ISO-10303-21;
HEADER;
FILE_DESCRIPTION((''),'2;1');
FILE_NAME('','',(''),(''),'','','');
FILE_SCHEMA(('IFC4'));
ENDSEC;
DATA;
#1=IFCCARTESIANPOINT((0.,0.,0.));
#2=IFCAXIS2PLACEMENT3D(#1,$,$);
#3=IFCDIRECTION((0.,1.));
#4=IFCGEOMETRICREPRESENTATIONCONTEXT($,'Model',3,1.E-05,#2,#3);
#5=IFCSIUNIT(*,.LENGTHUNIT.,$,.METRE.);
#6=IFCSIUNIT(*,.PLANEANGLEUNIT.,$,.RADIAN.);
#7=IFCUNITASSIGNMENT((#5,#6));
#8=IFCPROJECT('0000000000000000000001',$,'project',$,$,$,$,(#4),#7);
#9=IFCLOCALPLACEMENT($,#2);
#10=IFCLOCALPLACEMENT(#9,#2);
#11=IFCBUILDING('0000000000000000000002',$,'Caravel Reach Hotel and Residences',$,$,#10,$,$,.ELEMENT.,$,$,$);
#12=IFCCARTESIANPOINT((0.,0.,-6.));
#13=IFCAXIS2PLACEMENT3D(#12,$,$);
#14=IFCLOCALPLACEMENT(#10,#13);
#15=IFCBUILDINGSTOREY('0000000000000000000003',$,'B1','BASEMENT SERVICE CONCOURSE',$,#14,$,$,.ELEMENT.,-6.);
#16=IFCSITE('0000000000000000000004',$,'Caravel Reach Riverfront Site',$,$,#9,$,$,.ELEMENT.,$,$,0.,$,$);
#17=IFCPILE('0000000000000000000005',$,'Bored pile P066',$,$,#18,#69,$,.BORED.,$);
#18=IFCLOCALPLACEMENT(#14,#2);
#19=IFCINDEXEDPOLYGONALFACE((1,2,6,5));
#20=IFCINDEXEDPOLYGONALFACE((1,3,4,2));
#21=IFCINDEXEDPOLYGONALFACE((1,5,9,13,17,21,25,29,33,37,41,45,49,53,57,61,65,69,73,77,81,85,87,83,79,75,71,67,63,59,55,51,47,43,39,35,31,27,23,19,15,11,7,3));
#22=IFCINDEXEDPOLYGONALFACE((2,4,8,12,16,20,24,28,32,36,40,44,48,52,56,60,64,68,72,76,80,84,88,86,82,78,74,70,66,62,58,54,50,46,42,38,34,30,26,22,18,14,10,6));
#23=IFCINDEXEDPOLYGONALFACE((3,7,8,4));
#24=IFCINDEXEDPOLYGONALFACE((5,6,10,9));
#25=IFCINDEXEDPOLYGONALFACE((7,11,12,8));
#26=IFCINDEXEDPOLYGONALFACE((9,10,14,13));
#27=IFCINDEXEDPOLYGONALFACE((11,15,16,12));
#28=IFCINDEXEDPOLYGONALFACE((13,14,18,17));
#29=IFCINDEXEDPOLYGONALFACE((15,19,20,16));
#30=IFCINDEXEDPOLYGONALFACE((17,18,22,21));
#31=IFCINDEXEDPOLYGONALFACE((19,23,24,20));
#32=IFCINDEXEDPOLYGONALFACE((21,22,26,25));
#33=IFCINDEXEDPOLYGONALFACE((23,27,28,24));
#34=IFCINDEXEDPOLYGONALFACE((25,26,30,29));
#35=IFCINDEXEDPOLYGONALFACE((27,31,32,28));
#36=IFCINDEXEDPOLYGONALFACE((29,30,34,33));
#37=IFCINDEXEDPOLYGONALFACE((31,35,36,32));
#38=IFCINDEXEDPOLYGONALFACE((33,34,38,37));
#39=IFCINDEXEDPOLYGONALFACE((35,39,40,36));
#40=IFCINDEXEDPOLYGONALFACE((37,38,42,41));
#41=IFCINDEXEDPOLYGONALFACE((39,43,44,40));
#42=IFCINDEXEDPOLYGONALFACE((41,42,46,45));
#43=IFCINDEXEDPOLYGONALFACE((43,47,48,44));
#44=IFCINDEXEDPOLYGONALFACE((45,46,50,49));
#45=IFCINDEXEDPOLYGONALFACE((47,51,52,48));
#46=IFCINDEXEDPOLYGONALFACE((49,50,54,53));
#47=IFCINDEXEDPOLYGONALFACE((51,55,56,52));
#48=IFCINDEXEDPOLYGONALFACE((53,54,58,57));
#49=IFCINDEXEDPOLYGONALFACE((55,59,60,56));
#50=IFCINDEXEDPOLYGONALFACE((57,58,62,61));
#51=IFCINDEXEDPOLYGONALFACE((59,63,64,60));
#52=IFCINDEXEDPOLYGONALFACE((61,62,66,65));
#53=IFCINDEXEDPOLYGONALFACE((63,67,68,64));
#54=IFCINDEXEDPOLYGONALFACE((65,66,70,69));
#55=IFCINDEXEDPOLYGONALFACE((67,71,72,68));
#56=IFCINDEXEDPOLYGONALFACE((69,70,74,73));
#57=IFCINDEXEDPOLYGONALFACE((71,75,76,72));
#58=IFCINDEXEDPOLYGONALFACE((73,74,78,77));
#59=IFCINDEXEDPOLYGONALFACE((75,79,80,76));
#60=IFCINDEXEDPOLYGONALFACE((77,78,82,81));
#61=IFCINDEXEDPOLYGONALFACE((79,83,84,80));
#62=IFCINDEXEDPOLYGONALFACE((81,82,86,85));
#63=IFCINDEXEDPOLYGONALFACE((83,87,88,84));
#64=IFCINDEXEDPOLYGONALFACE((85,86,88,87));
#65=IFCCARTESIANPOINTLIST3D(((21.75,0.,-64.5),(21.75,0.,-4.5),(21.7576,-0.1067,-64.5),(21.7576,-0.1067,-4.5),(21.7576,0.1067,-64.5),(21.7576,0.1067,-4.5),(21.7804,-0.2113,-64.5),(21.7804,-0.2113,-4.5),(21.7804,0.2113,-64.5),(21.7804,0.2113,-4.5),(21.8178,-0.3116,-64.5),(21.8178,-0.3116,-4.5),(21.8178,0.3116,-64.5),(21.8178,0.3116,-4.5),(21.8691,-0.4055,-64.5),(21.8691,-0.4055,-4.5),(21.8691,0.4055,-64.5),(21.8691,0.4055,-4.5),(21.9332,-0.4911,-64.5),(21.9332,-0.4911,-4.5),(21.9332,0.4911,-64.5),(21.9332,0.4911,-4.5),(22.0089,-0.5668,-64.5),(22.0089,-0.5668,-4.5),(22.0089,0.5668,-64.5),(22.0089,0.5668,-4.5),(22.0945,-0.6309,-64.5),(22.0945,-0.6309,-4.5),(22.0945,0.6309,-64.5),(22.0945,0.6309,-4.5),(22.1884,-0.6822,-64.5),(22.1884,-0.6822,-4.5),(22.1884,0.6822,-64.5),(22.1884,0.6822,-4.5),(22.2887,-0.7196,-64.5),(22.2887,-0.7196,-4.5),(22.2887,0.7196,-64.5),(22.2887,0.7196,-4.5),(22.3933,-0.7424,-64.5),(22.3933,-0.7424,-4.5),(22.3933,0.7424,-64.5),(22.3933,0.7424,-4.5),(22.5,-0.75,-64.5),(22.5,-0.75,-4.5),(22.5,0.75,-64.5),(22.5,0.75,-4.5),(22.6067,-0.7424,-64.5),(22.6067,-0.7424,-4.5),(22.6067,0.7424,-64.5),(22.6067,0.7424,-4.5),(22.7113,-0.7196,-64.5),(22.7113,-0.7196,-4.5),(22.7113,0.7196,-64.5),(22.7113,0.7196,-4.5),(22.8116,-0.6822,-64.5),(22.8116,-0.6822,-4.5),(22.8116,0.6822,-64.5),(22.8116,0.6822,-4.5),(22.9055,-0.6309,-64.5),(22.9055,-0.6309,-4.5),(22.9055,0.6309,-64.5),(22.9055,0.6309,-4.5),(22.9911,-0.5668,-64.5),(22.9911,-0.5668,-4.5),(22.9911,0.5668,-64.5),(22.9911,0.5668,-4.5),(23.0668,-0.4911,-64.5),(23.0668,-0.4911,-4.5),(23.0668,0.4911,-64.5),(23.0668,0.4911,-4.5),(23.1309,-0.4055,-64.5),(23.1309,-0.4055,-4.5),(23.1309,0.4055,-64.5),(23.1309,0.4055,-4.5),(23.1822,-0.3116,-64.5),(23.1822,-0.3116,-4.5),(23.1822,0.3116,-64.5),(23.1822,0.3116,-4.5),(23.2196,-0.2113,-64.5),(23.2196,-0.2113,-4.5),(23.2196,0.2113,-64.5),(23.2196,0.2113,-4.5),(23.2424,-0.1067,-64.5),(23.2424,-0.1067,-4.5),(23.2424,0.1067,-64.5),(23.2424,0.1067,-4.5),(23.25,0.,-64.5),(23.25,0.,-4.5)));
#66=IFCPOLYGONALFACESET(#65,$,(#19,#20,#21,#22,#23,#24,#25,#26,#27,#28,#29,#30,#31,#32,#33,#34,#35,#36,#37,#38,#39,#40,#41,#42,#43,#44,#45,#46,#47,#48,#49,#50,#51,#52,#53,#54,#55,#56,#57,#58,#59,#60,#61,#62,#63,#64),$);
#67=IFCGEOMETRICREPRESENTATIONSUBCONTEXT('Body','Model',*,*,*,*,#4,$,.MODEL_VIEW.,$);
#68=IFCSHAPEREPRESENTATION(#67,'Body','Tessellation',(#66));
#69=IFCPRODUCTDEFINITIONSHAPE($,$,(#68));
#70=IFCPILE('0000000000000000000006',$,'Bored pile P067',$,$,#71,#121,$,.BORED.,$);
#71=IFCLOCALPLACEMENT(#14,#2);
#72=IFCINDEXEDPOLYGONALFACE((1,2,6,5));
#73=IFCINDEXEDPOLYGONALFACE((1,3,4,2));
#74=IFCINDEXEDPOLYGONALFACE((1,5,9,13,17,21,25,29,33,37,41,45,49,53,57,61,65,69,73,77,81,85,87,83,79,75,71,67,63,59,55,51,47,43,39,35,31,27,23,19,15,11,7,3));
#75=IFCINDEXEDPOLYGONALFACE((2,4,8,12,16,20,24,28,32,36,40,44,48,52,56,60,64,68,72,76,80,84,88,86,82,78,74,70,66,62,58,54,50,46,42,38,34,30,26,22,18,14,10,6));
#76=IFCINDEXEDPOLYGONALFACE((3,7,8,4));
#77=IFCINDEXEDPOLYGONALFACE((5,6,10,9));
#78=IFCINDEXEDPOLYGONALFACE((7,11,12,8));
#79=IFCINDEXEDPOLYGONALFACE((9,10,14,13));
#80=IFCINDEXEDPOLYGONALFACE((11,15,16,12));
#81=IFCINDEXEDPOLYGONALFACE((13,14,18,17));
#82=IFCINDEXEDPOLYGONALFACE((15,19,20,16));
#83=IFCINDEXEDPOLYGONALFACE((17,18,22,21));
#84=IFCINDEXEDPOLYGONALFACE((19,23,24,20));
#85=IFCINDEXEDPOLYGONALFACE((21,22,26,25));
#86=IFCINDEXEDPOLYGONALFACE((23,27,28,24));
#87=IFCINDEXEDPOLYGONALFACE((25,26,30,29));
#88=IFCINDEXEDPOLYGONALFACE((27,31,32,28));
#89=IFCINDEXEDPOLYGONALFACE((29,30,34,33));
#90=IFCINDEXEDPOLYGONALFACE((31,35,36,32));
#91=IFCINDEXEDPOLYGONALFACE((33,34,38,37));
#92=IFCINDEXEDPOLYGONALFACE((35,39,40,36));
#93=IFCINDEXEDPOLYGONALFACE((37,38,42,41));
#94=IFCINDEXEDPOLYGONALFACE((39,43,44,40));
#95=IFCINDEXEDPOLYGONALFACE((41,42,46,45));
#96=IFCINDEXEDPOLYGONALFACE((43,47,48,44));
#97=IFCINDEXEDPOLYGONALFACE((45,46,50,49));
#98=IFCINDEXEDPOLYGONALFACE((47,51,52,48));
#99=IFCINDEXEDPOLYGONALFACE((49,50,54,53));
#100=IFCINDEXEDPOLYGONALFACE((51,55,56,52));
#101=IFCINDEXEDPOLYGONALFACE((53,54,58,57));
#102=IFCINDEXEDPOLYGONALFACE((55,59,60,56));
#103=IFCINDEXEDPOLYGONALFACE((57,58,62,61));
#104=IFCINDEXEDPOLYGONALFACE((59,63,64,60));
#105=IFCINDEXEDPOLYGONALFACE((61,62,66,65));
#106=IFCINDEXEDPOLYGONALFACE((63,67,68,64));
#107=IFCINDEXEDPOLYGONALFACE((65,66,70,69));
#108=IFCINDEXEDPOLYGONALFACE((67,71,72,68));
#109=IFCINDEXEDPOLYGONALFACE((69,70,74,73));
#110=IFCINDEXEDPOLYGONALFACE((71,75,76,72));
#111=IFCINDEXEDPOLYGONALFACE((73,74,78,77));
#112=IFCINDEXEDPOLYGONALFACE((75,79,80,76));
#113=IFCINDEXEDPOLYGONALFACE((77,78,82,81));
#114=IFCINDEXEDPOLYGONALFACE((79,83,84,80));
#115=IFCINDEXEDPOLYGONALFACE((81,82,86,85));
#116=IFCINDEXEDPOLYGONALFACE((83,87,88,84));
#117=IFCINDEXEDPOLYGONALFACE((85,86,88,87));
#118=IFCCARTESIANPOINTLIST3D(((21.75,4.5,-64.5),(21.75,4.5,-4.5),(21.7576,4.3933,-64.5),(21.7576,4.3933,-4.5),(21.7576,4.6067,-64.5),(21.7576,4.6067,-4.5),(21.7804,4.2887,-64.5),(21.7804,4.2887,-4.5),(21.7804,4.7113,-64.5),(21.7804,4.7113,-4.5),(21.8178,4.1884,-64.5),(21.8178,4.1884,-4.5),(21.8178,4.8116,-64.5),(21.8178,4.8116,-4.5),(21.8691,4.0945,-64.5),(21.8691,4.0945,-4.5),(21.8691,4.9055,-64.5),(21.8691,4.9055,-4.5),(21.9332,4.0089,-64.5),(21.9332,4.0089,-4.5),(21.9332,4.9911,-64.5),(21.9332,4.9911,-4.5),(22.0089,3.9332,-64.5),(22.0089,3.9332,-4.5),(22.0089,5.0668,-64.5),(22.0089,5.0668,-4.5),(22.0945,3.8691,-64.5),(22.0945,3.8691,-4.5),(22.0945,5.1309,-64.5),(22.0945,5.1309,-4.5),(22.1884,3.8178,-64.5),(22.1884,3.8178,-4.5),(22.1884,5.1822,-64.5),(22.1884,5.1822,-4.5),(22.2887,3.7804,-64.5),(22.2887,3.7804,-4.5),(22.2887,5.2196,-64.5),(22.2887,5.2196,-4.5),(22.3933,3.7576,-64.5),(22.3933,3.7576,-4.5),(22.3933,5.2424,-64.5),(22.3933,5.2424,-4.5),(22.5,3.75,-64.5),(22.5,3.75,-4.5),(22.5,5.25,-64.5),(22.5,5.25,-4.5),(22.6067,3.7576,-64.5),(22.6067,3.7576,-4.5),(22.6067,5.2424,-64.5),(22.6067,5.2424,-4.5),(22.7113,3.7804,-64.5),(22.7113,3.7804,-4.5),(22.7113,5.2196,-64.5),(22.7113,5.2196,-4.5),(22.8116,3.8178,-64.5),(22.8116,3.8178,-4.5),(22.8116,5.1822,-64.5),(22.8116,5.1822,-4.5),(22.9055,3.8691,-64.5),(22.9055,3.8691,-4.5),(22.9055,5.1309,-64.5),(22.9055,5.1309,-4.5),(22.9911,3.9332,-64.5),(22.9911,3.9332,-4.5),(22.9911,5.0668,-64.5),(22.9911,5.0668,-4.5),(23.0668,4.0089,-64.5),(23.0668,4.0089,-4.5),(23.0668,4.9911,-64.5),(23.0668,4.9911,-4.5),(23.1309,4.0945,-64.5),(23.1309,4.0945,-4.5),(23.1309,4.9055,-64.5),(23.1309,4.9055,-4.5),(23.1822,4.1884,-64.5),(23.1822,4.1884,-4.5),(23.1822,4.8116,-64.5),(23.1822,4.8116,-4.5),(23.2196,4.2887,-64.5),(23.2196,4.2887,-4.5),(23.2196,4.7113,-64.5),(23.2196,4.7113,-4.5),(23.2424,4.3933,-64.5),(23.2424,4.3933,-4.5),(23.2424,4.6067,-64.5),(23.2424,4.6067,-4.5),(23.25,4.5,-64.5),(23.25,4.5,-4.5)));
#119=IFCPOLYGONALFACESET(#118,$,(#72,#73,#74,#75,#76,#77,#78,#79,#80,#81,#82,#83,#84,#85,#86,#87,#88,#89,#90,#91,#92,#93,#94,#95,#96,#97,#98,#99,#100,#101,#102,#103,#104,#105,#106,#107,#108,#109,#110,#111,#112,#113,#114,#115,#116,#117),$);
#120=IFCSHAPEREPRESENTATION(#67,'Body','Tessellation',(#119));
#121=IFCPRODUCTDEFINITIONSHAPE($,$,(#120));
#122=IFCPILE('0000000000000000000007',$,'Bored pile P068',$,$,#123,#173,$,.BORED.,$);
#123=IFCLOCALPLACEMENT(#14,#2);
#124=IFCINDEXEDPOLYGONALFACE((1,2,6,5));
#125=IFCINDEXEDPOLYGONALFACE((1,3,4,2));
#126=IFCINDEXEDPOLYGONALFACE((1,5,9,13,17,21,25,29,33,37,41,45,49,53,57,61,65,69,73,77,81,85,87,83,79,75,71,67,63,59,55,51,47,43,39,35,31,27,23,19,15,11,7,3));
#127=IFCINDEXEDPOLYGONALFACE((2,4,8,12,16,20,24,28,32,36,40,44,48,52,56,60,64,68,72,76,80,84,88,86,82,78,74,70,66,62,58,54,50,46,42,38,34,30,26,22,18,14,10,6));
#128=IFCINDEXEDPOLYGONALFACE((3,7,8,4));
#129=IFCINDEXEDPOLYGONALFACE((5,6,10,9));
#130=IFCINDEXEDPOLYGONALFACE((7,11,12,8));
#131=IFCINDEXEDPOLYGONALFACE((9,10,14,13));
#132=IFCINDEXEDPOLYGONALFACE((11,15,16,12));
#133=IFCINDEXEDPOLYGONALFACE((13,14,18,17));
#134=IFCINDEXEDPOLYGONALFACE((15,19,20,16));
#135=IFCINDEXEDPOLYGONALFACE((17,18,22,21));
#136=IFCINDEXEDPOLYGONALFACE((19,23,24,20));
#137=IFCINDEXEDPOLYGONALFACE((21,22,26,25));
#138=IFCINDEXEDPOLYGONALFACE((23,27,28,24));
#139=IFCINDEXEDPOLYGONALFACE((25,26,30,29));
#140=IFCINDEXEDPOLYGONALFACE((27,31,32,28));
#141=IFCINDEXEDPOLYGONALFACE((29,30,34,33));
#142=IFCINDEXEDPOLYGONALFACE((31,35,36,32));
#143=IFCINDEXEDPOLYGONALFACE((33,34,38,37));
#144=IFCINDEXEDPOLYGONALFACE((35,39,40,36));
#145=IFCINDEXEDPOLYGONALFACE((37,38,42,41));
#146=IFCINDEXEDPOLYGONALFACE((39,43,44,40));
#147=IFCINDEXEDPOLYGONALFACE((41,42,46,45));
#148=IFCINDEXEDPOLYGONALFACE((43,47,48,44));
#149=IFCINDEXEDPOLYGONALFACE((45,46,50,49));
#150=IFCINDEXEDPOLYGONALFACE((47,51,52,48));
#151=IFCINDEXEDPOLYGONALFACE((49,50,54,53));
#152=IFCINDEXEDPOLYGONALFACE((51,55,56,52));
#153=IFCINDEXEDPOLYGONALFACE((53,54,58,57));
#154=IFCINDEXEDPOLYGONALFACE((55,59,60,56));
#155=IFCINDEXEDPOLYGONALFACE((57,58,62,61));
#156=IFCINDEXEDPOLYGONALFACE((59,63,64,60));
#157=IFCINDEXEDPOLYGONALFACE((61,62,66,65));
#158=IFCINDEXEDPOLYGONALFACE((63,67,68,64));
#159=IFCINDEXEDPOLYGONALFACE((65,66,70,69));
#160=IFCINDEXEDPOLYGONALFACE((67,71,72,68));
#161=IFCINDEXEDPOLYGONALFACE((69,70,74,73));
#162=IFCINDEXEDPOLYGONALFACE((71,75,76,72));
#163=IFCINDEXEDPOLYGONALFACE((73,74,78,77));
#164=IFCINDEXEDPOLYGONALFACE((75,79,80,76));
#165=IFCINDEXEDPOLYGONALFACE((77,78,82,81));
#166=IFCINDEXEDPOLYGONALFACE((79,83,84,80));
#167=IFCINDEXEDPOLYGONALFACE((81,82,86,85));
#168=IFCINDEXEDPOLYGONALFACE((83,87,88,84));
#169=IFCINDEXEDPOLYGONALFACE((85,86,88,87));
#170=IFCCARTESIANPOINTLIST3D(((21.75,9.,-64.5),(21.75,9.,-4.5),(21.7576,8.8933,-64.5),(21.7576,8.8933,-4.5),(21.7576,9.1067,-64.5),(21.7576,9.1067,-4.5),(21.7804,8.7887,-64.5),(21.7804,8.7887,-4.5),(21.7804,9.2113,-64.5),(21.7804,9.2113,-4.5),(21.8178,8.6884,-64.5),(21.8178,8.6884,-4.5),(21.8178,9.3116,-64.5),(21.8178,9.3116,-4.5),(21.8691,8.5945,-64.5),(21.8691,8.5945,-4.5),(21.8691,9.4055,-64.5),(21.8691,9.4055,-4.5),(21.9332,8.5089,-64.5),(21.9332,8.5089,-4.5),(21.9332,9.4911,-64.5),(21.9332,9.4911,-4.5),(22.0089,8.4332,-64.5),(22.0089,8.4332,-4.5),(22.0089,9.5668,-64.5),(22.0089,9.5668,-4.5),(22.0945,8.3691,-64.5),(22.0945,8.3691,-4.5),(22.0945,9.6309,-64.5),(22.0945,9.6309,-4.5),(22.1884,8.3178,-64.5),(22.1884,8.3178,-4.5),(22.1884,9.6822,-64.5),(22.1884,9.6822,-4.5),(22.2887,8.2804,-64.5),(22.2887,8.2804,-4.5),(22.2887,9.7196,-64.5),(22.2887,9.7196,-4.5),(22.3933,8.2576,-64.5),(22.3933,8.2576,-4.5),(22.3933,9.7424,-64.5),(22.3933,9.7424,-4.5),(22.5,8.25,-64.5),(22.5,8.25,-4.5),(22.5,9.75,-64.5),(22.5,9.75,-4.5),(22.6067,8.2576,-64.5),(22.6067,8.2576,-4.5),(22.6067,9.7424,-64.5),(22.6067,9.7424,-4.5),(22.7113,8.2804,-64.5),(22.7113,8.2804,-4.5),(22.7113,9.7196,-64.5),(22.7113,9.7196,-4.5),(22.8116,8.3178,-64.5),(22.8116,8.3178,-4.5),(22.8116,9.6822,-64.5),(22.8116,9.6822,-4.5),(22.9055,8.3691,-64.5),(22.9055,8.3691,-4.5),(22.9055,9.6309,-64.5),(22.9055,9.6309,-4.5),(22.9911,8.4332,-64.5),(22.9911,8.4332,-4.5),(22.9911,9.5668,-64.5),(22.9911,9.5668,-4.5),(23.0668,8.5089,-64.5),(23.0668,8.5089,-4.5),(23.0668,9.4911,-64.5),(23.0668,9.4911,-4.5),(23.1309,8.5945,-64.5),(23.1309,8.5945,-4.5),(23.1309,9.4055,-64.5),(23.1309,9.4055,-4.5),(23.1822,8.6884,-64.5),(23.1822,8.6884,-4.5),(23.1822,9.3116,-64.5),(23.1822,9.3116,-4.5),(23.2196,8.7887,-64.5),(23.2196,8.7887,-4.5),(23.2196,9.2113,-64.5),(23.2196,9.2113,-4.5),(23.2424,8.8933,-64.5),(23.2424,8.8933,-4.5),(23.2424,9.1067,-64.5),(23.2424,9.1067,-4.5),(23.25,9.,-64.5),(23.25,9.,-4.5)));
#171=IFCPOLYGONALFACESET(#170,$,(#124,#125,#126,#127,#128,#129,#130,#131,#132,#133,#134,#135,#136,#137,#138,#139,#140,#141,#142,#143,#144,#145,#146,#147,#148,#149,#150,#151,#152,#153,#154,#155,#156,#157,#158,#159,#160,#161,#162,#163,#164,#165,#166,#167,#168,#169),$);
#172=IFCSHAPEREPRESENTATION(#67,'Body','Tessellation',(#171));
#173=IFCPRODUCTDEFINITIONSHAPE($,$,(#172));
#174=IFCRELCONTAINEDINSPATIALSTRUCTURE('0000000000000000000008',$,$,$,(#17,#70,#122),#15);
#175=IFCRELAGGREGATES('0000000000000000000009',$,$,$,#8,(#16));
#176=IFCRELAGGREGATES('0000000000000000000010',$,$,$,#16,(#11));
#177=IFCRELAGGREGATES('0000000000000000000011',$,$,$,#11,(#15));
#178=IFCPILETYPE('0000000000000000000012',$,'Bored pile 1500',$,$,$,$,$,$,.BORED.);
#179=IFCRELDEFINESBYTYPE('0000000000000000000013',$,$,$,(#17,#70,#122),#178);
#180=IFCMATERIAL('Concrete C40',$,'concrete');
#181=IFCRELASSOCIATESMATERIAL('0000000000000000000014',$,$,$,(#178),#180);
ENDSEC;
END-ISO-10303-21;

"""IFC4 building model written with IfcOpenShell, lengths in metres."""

from ifc_helpers import new_model, si_unit, direction, frame, origin, origin_2d, place, context, subcontext, project, spatial, circle, extrude, material, material_profile, profile_set, type_object, element, save


model = new_model("IFC4")

# Units and contexts
model_context = context("Model", 3, precision=1e-05, world=origin(), true_north=direction((0.0, 1.0)))
body_context = subcontext(model_context, "Body", "Model", "MODEL_VIEW")
ifc_project = project(units=[si_unit("LENGTHUNIT", "METRE"), si_unit("PLANEANGLEUNIT", "RADIAN")], contexts=[model_context])

# Site, building, storey
site_placement = place(None, origin())
site = spatial("IfcSite", under=ifc_project, at=site_placement, Name="Caravel Reach Riverfront Site", CompositionType="ELEMENT", RefElevation=0.0)
building_placement = place(site_placement, origin())
building = spatial("IfcBuilding", under=site, at=building_placement, Name="Caravel Reach Hotel and Residences", CompositionType="ELEMENT")
storey_placement = place(building_placement, frame((0.0, 0.0, -6.0)))
storey = spatial("IfcBuildingStorey", under=building, at=storey_placement, Name="B1", Description="BASEMENT SERVICE CONCOURSE", CompositionType="ELEMENT", Elevation=-6.0)

# Piles
ifc_material_1 = material(Name="Concrete C40", Category="concrete")
ifc_material_profile_1 = material_profile(ifc_material_1, circle(Radius=0.75, at=origin_2d()), Name="PILE 1500")
ifc_profile_set_1 = profile_set([ifc_material_profile_1], Name="Concrete C40")
pile_type = type_object("IfcPileType", Name="Bored pile 1500", PredefinedType="BORED", material=ifc_profile_set_1)
for number, where, z_axis, x_axis, name in (
    (1, (22.5, 0.0, -4.5), (0.0, 0.0, -1.0), (1.0, 0.0, 0.0), "Bored pile P066"),
    (2, (22.5, 4.5, -4.5), (0.0, 0.0, -1.0), (1.0, 0.0, 0.0), "Bored pile P067"),
    (3, (22.5, 9.0, -4.5), (0.0, 0.0, -1.0), (1.0, 0.0, 0.0), "Bored pile P068"),
):
    element("IfcPile", number, at=place(storey_placement, frame(where, z_axis=z_axis, x_axis=x_axis)), inside=storey, type_object=pile_type, Name=name, PredefinedType="BORED", context=body_context, shape_type="SweptSolid", body=[
        extrude(circle(Radius=0.75, at=origin_2d()), origin(), (0.0, 0.0, 1.0), 60.0),
    ])

save(model, "model.ifc")
